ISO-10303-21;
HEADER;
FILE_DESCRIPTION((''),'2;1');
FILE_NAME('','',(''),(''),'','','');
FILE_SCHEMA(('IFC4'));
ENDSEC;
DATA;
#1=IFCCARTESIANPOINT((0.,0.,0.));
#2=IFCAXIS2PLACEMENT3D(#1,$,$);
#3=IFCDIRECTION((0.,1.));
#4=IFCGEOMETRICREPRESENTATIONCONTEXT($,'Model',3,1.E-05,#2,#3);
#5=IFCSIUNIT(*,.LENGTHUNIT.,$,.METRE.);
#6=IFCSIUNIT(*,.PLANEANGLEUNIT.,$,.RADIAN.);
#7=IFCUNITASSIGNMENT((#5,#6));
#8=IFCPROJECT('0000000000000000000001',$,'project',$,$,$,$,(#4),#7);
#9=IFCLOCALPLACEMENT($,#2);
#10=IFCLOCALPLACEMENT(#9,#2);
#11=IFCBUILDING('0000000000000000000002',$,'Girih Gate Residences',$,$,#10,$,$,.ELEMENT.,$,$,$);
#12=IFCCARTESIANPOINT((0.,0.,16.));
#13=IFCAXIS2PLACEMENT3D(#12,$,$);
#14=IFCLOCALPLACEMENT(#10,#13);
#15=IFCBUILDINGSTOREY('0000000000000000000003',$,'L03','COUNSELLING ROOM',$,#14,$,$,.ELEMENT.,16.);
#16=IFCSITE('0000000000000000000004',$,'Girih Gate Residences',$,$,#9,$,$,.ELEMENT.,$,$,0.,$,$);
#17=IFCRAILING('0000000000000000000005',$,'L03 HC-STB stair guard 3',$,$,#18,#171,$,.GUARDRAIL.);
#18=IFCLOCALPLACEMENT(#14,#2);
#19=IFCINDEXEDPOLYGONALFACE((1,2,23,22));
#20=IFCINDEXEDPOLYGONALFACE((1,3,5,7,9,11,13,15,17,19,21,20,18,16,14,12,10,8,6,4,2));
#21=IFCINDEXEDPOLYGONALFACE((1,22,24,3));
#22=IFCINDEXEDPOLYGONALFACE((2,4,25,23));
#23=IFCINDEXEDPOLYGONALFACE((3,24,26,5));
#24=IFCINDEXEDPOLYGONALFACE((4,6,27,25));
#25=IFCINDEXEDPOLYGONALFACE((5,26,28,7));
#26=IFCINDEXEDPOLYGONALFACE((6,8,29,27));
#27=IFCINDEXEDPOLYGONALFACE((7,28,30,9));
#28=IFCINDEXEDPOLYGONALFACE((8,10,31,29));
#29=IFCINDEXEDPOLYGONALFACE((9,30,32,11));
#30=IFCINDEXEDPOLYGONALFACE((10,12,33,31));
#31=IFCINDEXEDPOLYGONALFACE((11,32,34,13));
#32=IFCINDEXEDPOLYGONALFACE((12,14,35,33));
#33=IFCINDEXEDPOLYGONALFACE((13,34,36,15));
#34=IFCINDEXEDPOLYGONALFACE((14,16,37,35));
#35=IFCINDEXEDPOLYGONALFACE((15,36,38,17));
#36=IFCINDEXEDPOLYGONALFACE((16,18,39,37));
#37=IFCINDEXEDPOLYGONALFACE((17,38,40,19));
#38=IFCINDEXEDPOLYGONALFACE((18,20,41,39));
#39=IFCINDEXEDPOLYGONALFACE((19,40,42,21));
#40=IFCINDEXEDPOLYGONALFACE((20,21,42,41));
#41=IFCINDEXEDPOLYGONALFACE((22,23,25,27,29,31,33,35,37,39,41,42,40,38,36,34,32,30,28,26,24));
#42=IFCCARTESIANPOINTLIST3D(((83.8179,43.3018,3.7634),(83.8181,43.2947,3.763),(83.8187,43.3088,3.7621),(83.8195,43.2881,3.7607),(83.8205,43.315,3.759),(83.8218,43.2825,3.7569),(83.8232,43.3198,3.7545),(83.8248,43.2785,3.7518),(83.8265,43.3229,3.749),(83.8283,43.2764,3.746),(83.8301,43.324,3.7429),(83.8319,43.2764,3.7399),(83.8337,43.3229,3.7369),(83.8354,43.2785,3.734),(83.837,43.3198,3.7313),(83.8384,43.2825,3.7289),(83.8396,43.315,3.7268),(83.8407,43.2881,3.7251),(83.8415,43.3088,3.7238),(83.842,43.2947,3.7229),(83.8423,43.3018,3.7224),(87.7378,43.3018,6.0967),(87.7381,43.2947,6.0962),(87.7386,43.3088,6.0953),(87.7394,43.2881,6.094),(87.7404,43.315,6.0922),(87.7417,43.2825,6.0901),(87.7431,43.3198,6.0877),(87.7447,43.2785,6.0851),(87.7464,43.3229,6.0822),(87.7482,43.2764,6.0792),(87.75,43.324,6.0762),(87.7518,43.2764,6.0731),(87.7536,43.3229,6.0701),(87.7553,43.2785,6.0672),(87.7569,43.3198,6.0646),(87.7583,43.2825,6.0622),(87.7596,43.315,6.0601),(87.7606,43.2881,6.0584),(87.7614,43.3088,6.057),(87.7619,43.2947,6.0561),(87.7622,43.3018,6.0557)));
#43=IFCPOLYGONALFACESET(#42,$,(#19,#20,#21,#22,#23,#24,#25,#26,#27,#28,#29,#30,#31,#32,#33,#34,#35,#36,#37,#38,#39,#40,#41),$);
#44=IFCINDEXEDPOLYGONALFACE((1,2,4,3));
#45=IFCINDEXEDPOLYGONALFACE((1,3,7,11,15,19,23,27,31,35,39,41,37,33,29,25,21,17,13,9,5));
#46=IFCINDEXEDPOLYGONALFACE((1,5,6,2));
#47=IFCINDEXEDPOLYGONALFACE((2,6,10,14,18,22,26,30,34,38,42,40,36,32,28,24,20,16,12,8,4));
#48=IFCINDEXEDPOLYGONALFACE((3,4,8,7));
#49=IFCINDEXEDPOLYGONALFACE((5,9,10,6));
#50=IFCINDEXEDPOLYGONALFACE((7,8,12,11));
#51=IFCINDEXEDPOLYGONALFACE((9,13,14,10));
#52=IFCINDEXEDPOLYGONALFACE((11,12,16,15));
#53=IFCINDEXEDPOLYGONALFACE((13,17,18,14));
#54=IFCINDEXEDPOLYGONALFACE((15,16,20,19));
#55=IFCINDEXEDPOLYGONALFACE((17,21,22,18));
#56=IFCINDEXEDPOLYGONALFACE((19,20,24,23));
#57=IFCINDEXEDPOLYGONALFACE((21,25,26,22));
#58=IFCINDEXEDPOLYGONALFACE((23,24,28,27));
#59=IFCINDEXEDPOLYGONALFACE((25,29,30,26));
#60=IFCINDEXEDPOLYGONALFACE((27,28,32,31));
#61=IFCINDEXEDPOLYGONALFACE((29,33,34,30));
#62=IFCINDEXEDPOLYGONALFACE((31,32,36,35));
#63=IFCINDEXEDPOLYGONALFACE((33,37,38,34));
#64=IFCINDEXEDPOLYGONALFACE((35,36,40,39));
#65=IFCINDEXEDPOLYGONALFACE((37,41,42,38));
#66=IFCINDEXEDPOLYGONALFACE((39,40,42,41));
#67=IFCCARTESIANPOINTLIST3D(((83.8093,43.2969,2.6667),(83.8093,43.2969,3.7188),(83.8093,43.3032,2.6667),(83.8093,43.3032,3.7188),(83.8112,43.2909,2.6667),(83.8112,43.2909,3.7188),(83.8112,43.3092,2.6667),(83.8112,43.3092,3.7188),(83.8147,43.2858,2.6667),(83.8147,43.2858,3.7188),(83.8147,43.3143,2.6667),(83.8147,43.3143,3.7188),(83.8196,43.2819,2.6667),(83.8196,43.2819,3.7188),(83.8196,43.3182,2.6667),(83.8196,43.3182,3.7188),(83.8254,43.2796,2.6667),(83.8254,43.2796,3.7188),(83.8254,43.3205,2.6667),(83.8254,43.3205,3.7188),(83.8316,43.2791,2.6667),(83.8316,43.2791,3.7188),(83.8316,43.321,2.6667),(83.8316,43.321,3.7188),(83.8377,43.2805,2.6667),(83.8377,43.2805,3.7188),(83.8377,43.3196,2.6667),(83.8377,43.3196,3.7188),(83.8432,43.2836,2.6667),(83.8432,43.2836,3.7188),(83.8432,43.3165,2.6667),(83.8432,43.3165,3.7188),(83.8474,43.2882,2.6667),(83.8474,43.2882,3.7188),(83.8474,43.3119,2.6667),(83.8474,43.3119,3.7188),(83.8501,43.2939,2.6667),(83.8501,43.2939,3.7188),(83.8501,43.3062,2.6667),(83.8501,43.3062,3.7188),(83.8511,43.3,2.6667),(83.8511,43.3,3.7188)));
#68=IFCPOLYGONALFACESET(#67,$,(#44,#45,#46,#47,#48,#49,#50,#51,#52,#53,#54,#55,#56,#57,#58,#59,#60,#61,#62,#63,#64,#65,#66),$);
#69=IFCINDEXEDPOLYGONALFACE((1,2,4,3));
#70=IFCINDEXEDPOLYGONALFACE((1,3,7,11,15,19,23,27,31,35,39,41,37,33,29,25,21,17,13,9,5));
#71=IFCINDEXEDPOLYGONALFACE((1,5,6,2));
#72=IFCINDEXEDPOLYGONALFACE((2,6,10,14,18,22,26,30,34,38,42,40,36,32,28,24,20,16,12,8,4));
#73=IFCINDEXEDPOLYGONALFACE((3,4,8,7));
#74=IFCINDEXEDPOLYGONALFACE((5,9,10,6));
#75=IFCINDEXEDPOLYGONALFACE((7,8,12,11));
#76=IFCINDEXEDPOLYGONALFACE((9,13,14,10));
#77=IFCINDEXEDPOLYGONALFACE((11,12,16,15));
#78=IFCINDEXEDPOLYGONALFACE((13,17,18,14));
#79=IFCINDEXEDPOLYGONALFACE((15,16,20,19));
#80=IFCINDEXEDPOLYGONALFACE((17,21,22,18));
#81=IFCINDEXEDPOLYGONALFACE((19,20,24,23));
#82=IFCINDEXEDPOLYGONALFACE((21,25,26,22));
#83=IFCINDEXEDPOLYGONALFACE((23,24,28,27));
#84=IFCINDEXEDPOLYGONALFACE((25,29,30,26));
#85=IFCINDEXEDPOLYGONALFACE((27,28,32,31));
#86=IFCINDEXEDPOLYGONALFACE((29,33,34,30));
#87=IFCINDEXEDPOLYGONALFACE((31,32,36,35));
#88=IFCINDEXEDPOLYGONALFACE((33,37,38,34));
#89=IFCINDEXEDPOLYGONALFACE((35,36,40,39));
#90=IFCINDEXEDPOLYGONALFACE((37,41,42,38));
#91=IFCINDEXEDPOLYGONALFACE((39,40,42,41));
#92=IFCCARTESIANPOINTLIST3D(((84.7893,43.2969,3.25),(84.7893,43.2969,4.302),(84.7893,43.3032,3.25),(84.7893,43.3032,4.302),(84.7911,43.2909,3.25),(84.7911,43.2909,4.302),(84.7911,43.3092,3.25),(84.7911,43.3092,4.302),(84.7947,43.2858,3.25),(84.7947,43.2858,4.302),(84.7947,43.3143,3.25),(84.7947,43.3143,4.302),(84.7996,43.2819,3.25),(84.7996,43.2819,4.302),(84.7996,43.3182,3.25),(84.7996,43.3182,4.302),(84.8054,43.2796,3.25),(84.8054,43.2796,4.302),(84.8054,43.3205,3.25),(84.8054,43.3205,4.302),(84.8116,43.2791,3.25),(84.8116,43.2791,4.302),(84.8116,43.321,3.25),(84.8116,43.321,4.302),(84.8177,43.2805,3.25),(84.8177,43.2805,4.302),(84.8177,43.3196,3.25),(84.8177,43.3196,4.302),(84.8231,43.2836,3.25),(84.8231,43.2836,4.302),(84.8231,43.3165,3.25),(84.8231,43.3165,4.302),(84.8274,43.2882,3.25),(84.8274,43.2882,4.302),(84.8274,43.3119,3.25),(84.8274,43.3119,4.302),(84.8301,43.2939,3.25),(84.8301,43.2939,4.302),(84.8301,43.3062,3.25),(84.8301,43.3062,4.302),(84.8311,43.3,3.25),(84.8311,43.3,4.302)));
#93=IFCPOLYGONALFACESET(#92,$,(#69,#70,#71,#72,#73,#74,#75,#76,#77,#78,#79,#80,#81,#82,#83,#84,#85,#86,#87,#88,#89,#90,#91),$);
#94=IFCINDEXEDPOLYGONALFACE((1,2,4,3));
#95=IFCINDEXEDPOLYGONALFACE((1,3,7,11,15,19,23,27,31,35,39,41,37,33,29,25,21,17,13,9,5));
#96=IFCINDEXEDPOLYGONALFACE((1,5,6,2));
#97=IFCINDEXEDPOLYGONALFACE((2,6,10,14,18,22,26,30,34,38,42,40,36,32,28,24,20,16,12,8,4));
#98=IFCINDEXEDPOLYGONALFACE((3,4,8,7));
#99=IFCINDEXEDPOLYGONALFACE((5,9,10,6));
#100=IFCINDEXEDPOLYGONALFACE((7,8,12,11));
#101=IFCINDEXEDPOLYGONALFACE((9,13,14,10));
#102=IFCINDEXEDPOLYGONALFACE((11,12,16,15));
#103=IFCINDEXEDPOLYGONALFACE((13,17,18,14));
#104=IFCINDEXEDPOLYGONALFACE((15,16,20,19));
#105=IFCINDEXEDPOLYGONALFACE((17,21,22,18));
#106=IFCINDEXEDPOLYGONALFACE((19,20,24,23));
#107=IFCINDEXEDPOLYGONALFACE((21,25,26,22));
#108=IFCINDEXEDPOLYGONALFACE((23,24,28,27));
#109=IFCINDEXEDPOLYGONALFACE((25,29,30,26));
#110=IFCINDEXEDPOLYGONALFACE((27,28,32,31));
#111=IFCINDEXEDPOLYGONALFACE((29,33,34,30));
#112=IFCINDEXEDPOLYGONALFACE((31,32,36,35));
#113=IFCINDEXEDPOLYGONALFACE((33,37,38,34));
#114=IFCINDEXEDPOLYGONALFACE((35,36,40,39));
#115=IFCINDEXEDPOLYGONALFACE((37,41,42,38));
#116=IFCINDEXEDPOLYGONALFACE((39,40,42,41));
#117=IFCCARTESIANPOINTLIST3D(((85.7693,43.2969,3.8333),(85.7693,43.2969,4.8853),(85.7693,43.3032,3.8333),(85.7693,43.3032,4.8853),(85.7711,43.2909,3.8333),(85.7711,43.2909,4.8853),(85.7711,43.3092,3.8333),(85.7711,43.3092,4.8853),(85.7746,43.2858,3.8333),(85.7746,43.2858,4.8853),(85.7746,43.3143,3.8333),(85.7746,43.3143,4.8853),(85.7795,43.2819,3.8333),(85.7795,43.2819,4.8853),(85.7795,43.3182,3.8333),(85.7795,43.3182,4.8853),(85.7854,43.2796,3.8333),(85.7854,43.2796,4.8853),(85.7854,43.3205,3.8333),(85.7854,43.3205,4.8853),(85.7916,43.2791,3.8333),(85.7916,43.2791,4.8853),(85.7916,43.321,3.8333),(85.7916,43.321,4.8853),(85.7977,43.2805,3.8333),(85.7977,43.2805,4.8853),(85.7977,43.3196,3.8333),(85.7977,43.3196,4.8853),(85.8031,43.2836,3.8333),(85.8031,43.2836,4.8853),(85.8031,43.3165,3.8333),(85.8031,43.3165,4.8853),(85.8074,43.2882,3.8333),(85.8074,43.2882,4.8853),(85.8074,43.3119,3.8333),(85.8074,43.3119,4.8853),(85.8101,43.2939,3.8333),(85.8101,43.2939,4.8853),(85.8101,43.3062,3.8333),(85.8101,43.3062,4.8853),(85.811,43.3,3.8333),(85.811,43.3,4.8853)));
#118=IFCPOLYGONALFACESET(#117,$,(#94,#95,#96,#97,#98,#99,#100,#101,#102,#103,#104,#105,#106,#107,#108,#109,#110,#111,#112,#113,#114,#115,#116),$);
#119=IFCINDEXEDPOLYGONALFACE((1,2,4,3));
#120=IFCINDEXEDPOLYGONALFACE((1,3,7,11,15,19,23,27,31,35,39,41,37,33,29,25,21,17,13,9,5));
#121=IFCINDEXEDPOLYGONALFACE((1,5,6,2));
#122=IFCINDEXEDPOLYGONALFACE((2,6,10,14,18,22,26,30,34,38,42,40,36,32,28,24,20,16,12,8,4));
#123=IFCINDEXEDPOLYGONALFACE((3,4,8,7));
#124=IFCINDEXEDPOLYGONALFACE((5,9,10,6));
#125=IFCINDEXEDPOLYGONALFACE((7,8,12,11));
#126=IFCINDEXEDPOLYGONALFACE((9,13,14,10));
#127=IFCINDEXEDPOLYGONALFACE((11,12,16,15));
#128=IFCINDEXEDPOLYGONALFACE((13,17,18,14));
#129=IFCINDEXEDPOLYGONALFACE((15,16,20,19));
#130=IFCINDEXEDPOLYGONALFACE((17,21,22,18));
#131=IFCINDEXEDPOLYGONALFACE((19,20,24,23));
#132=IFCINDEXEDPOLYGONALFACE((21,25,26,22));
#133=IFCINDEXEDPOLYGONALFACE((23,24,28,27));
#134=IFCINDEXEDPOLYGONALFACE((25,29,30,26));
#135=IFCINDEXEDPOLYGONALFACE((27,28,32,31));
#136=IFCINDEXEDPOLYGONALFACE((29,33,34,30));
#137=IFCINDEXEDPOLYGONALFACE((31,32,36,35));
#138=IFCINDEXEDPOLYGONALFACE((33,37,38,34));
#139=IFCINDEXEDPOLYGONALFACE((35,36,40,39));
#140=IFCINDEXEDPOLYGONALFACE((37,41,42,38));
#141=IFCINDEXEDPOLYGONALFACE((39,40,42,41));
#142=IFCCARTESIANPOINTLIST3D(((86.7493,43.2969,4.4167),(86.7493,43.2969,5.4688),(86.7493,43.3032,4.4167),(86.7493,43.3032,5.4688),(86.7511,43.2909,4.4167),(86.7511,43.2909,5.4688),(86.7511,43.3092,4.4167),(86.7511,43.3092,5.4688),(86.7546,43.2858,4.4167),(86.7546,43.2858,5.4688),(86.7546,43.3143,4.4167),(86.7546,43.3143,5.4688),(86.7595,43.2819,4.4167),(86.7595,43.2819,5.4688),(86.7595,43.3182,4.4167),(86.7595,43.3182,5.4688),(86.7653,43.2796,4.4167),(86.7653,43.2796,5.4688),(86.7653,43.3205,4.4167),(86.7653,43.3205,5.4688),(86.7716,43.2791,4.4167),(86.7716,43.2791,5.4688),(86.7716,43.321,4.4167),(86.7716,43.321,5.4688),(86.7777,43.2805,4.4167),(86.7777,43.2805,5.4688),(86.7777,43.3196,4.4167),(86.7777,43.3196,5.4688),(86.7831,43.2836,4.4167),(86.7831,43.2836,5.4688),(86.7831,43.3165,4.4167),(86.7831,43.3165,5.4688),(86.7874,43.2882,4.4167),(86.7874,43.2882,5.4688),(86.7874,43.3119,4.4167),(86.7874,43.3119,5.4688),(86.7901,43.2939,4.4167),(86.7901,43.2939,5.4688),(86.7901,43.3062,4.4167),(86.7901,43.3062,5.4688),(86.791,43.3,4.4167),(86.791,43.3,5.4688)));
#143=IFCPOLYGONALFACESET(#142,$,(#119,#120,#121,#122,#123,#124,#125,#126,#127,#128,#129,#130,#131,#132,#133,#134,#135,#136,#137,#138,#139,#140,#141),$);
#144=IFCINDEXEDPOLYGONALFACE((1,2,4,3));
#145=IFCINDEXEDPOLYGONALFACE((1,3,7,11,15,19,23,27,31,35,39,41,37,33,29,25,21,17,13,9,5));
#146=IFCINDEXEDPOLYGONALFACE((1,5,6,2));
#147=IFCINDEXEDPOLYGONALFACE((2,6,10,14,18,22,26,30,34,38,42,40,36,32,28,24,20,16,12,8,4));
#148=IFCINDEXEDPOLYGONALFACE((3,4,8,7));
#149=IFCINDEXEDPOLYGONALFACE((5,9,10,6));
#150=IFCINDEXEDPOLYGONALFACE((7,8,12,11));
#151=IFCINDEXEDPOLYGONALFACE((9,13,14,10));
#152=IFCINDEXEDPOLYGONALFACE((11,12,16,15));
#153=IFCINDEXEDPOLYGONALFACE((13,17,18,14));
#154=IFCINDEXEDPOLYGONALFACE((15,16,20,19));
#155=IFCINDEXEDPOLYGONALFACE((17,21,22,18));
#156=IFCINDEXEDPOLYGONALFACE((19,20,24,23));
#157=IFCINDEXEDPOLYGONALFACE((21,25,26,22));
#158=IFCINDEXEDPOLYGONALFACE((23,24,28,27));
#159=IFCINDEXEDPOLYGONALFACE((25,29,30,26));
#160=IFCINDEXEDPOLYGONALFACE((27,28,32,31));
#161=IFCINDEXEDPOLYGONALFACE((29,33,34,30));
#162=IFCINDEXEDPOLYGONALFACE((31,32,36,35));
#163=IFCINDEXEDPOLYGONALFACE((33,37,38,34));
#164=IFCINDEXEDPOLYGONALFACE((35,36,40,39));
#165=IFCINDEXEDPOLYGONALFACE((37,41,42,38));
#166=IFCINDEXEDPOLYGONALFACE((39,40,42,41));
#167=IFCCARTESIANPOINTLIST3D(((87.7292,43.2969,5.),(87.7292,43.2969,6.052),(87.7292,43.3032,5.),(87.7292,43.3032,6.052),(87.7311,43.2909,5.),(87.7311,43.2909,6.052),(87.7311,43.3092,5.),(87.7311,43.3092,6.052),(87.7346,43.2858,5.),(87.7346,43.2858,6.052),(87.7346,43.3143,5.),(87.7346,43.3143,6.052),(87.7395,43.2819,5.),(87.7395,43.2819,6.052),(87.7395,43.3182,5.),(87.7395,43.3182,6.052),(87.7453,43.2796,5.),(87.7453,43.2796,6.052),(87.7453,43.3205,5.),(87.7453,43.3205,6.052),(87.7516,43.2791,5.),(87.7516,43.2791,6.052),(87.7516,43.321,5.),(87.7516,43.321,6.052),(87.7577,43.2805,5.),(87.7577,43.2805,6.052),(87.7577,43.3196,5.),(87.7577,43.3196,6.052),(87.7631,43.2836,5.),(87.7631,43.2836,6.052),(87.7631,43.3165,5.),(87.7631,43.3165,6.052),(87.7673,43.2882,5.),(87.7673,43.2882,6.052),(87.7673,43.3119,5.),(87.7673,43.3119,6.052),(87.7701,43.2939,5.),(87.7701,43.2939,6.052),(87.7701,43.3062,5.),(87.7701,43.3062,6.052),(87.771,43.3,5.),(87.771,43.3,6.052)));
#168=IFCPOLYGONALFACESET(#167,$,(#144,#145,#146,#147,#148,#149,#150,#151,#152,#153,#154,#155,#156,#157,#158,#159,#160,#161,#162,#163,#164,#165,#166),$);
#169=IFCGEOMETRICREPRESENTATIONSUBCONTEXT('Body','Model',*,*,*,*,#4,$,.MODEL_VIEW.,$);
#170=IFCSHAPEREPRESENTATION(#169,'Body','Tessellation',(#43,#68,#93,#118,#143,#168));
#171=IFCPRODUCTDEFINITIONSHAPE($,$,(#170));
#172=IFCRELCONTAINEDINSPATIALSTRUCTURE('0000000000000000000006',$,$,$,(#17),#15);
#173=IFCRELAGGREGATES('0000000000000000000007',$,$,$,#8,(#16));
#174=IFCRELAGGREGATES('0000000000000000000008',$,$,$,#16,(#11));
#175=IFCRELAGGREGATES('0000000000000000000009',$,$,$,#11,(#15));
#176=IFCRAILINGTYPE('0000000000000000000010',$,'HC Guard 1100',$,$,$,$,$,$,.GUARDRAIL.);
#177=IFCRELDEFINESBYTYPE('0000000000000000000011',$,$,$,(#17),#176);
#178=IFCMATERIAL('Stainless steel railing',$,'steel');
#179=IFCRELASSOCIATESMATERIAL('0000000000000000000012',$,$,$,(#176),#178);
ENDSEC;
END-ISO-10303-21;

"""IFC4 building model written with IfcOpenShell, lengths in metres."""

from ifc_helpers import new_model, si_unit, direction, frame, origin, origin_2d, place, context, subcontext, project, spatial, circle, extrude, material, type_object, element, save


model = new_model("IFC4")

# Units and contexts
model_context = context("Model", 3, precision=1e-05, world=origin(), true_north=direction((0.0, 1.0)))
body_context = subcontext(model_context, "Body", "Model", "MODEL_VIEW")
ifc_project = project(units=[si_unit("LENGTHUNIT", "METRE"), si_unit("PLANEANGLEUNIT", "RADIAN")], contexts=[model_context])

# Site, building, storey
site_placement = place(None, origin())
site = spatial("IfcSite", under=ifc_project, at=site_placement, Name="Girih Gate Residences", CompositionType="ELEMENT", RefElevation=0.0)
building_placement = place(site_placement, origin())
building = spatial("IfcBuilding", under=site, at=building_placement, Name="Girih Gate Residences", CompositionType="ELEMENT")
storey_placement = place(building_placement, frame((0.0, 0.0, 16.0)))
storey = spatial("IfcBuildingStorey", under=building, at=storey_placement, Name="L03", Description="COUNSELLING ROOM", CompositionType="ELEMENT", Elevation=16.0)

# Railing
ifc_material_1 = material(Name="Stainless steel railing", Category="steel")
railing_type_1 = type_object("IfcRailingType", Name="HC Guard 1100", PredefinedType="GUARDRAIL", material=ifc_material_1)
railing_1_placement = place(storey_placement, frame((83.8301, 43.3, 2.6667)))
element("IfcRailing", 1, at=railing_1_placement, inside=storey, type_object=railing_type_1, Name="L03 HC-STB stair guard 3", PredefinedType="GUARDRAIL", context=body_context, shape_type="SweptSolid", body=[
    extrude(circle(Radius=0.0239, at=origin_2d()), frame((0.0, 0.0, 1.0762), z_axis=(0.859296, 0.0, 0.511478), x_axis=(0.0, 1.0, 0.0)), (0.0, 0.0, 1.0), 4.5618),
    extrude(circle(Radius=0.021, at=origin_2d()), origin(), (0.0, 0.0, 1.0), 1.052),
    extrude(circle(Radius=0.021, at=origin_2d()), frame((0.98, 0.0, 0.5833)), (0.0, 0.0, 1.0), 1.052),
    extrude(circle(Radius=0.021, at=origin_2d()), frame((1.96, 0.0, 1.1665)), (0.0, 0.0, 1.0), 1.052),
    extrude(circle(Radius=0.021, at=origin_2d()), frame((2.9399, 0.0, 1.75)), (0.0, 0.0, 1.0), 1.052),
    extrude(circle(Radius=0.021, at=origin_2d()), frame((3.9199, 0.0, 2.3333)), (0.0, 0.0, 1.0), 1.052),
])

save(model, "model.ifc")
